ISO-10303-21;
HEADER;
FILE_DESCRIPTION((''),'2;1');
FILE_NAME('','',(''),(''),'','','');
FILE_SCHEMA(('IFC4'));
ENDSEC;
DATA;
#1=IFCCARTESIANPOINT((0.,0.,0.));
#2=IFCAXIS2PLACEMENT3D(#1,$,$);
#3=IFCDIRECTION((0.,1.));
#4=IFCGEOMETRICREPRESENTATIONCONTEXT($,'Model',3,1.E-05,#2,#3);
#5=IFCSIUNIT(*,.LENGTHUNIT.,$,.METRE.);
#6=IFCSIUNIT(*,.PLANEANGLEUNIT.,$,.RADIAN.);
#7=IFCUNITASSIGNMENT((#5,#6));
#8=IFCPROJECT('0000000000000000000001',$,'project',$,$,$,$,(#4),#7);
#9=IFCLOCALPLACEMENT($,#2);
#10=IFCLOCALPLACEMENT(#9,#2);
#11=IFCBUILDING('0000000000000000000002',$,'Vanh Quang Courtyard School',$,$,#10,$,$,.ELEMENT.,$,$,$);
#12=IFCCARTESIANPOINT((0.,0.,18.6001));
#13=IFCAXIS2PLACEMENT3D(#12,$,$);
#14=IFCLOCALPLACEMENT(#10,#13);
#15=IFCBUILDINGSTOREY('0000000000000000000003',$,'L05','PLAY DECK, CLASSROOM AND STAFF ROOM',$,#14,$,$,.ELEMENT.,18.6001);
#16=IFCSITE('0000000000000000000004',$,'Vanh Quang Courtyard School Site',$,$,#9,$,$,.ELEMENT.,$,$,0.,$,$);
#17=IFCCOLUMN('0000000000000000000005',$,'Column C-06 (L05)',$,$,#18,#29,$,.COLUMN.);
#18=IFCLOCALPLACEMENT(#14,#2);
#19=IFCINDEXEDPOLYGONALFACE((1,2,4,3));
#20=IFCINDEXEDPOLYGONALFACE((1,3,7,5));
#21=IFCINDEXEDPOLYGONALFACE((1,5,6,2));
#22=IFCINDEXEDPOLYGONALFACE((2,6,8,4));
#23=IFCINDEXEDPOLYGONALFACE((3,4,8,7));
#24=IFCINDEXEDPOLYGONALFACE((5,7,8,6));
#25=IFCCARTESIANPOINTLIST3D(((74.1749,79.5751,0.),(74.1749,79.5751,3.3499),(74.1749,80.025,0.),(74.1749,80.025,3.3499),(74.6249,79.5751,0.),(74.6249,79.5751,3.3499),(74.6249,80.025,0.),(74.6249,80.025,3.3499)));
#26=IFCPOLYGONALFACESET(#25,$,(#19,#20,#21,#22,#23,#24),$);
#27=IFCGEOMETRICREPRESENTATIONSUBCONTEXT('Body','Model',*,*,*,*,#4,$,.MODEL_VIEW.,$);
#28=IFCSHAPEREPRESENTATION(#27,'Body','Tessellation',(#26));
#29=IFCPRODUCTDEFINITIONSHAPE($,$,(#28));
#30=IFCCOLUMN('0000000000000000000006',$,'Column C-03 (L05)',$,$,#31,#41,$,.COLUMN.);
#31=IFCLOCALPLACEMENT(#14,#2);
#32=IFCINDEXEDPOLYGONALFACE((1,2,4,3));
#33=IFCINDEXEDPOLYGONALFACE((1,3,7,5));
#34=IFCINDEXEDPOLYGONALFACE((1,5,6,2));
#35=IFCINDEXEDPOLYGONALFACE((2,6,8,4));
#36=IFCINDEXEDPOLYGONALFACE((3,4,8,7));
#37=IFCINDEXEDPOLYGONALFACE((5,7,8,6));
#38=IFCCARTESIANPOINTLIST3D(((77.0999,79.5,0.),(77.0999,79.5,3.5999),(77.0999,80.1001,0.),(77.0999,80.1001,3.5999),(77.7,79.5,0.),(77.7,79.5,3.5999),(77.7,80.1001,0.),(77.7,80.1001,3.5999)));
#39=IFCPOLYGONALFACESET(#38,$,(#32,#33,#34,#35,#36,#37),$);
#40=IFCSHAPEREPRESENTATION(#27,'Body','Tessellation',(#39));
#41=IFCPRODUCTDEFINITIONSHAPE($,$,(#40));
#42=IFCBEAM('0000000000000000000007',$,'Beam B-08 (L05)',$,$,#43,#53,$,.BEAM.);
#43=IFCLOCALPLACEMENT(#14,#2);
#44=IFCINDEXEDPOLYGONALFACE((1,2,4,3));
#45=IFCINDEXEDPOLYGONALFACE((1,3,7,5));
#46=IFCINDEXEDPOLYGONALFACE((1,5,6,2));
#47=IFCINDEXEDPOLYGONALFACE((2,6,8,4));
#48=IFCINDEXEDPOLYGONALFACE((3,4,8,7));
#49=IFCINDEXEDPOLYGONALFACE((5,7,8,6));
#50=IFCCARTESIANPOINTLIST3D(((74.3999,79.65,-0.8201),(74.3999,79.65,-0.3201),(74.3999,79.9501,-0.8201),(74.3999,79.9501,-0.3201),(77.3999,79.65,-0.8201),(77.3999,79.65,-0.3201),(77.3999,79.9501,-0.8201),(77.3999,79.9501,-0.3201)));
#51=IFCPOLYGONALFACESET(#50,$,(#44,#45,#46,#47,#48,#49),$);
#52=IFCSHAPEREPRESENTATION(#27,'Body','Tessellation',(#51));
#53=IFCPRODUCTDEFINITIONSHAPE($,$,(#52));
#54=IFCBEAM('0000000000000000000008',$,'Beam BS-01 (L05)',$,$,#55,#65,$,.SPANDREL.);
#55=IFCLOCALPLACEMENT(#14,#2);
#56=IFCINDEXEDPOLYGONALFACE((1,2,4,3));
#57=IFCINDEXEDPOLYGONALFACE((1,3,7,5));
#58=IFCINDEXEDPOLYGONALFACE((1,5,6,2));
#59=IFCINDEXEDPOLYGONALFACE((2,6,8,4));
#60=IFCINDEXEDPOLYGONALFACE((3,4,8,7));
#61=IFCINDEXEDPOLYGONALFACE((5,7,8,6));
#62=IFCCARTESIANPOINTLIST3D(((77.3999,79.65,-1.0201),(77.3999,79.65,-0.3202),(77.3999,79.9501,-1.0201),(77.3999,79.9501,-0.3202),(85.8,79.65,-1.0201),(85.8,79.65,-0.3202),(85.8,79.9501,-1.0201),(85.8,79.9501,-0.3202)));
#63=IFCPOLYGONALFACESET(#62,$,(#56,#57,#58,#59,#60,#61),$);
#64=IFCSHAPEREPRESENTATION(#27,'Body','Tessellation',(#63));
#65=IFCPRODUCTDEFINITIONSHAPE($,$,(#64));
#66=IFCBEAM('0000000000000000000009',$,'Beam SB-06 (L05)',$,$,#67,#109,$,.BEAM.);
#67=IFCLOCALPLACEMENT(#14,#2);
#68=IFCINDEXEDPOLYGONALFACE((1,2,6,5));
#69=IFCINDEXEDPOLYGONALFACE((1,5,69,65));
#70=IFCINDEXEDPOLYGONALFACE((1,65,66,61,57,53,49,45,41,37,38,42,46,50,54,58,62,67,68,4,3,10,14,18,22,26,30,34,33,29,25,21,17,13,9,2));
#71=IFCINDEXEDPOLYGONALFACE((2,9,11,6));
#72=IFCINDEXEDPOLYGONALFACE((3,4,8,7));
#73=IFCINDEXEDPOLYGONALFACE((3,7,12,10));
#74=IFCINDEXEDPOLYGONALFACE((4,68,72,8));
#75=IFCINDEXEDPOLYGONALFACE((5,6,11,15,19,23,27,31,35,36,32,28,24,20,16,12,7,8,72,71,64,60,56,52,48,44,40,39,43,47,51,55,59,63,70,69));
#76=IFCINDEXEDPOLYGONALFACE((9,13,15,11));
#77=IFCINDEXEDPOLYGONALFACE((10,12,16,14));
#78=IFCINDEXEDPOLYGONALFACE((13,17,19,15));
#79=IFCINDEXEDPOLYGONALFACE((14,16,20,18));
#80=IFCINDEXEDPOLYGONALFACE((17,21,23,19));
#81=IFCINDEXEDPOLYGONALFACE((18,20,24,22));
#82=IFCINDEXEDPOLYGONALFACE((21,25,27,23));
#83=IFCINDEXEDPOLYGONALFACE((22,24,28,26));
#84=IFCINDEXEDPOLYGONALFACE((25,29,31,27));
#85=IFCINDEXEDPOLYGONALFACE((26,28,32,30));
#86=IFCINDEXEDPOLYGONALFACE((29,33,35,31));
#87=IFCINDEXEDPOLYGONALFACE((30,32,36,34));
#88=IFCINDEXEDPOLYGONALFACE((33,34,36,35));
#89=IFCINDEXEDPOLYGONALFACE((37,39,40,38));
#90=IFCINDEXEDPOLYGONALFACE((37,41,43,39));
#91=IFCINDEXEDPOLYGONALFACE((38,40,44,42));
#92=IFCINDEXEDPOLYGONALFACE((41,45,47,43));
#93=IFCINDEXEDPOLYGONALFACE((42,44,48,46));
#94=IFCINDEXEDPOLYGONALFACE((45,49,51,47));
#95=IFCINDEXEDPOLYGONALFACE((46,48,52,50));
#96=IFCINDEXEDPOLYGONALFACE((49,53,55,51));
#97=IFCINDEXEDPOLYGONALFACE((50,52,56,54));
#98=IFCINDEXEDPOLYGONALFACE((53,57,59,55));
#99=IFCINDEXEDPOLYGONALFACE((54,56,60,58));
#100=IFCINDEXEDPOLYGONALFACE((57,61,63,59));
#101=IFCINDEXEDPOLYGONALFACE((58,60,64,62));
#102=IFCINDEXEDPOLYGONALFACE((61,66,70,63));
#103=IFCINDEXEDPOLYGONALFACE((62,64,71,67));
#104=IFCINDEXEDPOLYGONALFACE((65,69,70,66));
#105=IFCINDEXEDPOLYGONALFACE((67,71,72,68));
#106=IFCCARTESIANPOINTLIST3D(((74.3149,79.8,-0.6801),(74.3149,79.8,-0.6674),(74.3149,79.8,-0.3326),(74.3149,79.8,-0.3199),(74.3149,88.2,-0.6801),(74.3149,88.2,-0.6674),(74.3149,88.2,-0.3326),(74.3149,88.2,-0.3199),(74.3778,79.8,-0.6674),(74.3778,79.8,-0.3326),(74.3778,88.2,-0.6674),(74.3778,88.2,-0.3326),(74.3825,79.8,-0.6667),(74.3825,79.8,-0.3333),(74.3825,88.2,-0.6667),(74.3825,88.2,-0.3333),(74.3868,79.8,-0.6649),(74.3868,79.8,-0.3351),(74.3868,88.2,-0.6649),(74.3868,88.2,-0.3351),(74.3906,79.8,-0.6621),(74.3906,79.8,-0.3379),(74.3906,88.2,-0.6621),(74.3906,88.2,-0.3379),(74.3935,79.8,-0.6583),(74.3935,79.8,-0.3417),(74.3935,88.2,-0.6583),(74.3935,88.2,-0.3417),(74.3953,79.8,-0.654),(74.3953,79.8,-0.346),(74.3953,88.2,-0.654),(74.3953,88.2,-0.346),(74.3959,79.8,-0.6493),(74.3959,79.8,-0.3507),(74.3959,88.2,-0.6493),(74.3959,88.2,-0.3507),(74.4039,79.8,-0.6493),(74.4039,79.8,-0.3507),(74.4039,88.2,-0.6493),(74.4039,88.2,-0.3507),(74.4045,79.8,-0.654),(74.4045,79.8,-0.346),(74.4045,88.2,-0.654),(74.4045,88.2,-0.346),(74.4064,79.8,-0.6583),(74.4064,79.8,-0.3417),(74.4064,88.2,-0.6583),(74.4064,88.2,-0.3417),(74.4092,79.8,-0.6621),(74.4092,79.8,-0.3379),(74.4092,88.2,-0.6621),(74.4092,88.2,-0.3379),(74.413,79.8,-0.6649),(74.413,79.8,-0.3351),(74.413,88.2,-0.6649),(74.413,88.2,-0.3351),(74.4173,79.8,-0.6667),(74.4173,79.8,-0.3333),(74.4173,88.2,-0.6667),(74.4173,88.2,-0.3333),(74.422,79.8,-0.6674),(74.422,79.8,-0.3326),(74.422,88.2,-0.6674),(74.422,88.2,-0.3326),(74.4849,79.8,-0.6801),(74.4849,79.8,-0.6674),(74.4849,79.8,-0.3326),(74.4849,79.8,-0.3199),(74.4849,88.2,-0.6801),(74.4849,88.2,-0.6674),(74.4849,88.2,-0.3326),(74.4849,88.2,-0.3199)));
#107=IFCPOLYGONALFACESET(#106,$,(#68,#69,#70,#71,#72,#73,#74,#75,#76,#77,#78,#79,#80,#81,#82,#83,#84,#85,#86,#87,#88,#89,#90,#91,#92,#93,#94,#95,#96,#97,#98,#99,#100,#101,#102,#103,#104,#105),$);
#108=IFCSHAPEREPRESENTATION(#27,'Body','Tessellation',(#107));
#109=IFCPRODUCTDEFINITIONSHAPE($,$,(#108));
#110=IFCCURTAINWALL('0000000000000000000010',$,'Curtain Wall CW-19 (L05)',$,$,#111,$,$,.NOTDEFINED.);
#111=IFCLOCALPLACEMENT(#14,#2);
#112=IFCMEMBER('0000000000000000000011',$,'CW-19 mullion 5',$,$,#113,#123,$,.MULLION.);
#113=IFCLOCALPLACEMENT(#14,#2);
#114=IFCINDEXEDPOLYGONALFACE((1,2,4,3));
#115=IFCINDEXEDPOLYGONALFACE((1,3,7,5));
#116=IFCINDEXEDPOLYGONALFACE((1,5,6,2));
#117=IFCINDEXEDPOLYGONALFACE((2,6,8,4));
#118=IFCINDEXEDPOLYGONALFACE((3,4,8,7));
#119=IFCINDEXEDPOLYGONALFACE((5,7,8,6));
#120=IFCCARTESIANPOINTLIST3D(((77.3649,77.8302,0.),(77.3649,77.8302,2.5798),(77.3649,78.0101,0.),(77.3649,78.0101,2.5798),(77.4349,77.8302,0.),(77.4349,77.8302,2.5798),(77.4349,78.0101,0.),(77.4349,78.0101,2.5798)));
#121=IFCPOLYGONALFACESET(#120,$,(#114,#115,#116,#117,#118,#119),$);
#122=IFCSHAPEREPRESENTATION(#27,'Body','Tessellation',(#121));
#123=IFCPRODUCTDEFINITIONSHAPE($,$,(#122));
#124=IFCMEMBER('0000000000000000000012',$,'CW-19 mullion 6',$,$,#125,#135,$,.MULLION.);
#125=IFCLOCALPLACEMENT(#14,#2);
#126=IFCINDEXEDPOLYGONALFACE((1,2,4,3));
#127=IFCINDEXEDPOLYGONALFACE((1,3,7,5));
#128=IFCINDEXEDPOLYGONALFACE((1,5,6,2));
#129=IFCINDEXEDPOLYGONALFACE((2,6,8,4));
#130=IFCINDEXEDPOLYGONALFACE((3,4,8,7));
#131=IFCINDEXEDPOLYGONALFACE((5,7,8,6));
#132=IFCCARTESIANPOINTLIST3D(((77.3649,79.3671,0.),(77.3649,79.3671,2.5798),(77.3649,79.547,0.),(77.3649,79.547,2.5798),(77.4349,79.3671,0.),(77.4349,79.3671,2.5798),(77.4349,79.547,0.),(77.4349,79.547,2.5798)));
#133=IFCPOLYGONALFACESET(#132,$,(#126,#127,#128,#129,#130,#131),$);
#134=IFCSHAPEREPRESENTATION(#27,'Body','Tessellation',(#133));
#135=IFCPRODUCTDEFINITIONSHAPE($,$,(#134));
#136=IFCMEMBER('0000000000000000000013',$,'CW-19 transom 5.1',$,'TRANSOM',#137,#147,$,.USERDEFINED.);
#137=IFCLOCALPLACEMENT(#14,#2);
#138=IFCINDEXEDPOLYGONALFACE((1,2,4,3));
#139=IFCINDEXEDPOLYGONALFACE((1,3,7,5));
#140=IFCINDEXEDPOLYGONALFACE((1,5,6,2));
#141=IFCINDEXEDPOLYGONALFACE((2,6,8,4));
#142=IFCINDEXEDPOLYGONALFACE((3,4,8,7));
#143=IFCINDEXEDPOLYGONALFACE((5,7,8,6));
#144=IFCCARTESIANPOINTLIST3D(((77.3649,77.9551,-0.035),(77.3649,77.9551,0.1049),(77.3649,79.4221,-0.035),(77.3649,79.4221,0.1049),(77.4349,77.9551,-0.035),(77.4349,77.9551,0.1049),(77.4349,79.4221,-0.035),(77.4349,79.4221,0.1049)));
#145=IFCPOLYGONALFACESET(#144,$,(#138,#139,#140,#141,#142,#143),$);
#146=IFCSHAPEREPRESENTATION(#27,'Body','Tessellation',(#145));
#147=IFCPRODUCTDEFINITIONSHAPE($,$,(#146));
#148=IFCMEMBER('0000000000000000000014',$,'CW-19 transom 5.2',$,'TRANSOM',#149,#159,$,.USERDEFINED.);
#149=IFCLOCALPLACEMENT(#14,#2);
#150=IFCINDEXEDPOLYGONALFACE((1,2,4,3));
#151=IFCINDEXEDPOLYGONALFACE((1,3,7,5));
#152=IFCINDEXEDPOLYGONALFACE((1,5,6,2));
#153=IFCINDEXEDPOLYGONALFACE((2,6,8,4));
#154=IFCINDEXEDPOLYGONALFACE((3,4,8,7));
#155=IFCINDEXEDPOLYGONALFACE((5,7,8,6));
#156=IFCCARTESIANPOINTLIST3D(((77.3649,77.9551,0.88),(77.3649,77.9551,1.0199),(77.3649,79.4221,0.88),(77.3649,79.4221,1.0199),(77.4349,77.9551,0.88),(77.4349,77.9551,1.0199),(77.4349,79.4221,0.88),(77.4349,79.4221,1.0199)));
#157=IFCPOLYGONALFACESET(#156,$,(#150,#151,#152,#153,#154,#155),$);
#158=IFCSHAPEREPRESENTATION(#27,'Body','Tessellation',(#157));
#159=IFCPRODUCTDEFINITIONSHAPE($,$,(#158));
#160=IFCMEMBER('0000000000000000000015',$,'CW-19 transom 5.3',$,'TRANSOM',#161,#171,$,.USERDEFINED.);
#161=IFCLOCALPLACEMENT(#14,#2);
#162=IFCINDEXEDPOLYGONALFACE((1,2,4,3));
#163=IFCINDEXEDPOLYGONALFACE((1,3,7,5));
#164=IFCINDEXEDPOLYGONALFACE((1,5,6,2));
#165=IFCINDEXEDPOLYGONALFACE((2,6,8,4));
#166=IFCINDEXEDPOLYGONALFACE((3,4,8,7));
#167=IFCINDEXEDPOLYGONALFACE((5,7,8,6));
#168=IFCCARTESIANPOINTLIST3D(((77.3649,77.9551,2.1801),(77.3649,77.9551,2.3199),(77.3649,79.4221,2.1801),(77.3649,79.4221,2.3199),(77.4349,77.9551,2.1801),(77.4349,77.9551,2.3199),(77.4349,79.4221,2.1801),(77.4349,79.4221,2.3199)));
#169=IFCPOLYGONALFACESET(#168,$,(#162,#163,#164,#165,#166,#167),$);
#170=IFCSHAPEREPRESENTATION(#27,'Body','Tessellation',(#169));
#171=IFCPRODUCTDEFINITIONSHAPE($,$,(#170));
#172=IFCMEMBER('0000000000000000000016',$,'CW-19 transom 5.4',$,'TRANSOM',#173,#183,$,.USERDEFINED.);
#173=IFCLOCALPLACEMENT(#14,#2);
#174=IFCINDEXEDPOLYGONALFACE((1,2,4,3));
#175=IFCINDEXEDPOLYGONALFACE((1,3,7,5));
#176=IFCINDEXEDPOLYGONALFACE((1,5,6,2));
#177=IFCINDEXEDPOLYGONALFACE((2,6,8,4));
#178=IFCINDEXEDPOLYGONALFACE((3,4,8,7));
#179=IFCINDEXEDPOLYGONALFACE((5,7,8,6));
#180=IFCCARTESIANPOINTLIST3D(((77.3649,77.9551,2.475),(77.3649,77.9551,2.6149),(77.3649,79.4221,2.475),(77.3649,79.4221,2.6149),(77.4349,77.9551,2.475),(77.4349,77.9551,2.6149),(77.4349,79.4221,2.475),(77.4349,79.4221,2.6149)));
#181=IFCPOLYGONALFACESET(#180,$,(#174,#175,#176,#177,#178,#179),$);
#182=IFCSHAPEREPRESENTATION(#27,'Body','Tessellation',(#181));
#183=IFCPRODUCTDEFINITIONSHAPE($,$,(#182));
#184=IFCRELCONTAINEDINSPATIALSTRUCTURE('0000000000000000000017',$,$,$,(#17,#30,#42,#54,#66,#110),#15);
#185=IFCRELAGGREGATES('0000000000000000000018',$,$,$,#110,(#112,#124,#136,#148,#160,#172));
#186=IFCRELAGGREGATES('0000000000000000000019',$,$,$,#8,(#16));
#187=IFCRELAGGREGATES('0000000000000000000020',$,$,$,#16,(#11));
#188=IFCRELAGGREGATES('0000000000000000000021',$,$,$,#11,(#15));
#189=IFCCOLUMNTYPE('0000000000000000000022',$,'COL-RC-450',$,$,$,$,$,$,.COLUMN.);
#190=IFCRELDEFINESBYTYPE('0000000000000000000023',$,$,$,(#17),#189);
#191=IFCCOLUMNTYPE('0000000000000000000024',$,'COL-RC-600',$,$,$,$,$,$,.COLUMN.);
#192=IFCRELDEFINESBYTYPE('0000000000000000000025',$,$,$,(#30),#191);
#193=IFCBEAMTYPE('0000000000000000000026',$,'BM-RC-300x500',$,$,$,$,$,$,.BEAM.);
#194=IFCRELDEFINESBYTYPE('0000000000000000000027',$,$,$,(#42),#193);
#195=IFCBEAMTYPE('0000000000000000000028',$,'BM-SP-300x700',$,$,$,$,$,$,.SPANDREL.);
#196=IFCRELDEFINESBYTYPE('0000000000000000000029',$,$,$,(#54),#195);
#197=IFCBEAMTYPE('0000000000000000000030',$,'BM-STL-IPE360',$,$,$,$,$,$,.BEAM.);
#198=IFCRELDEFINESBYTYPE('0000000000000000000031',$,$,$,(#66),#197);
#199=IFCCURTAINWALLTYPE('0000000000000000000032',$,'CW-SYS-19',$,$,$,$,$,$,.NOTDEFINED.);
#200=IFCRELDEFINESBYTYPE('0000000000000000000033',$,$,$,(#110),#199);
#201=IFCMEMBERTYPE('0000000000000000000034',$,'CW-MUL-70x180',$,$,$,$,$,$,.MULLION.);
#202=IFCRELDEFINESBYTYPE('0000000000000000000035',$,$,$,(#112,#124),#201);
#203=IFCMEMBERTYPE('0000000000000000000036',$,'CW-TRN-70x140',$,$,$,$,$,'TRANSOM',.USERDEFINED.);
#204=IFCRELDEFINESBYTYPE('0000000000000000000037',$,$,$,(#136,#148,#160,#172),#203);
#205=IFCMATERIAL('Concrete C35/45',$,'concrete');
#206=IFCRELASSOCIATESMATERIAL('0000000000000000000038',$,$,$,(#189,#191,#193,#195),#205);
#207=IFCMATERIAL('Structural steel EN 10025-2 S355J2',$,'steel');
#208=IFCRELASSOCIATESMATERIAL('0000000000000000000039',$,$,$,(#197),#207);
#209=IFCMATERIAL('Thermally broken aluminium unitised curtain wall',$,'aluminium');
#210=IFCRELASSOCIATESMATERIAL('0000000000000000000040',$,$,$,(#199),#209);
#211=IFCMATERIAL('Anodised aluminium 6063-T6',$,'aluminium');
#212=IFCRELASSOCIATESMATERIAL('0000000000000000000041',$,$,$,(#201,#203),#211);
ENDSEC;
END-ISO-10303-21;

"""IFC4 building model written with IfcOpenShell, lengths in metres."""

from ifc_helpers import new_model, si_unit, direction, frame, origin, origin_2d, place, context, subcontext, project, spatial, rectangle, i_section, extrude, material, material_profile, profile_set, type_object, element, aggregate, save


model = new_model("IFC4")

# Units and contexts
model_context = context("Model", 3, precision=1e-05, world=origin(), true_north=direction((0.0, 1.0)))
body_context = subcontext(model_context, "Body", "Model", "MODEL_VIEW")
ifc_project = project(units=[si_unit("LENGTHUNIT", "METRE"), si_unit("PLANEANGLEUNIT", "RADIAN")], contexts=[model_context])

# Site, building, storey
site_placement = place(None, origin())
site = spatial("IfcSite", under=ifc_project, at=site_placement, Name="Vanh Quang Courtyard School Site", CompositionType="ELEMENT", RefElevation=0.0)
building_placement = place(site_placement, origin())
building = spatial("IfcBuilding", under=site, at=building_placement, Name="Vanh Quang Courtyard School", CompositionType="ELEMENT")
storey_placement = place(building_placement, frame((0.0, 0.0, 18.6001)))
storey = spatial("IfcBuildingStorey", under=building, at=storey_placement, Name="L05", Description="PLAY DECK, CLASSROOM AND STAFF ROOM", CompositionType="ELEMENT", Elevation=18.6001)

# Columns
ifc_material_1 = material(Name="Concrete C35/45", Category="concrete")
ifc_material_profile_1 = material_profile(ifc_material_1, rectangle(XDim=0.45, YDim=0.45, at=origin_2d()), Name="RC-COL 450x450")
ifc_profile_set_1 = profile_set([ifc_material_profile_1], Name="Concrete C35/45")
column_type_1 = type_object("IfcColumnType", Name="COL-RC-450", PredefinedType="COLUMN", material=ifc_profile_set_1)
column_1_placement = place(storey_placement, frame((74.3999, 79.8, 0.0), z_axis=(0.0, 0.0, 1.0), x_axis=(1.0, 0.0, 0.0)))
element("IfcColumn", 1, at=column_1_placement, inside=storey, type_object=column_type_1, Name="Column C-06 (L05)", PredefinedType="COLUMN", context=body_context, shape_type="SweptSolid", body=[
    extrude(rectangle(XDim=0.45, YDim=0.45, at=origin_2d()), origin(), (0.0, 0.0, 1.0), 3.3499),
])
ifc_material_profile_2 = material_profile(ifc_material_1, rectangle(XDim=0.6001, YDim=0.6001, at=origin_2d()), Name="RC-COL 600x600")
ifc_profile_set_2 = profile_set([ifc_material_profile_2], Name="Concrete C35/45")
column_type_2 = type_object("IfcColumnType", Name="COL-RC-600", PredefinedType="COLUMN", material=ifc_profile_set_2)
column_2_placement = place(storey_placement, frame((77.3999, 79.8, 0.0), z_axis=(0.0, 0.0, 1.0), x_axis=(1.0, 0.0, 0.0)))
element("IfcColumn", 2, at=column_2_placement, inside=storey, type_object=column_type_2, Name="Column C-03 (L05)", PredefinedType="COLUMN", context=body_context, shape_type="SweptSolid", body=[
    extrude(rectangle(XDim=0.6001, YDim=0.6001, at=origin_2d()), origin(), (0.0, 0.0, 1.0), 3.5999),
])

# Beams
ifc_material_profile_3 = material_profile(ifc_material_1, rectangle(XDim=0.3, YDim=0.5, at=origin_2d()), Name="RC-BM 300x500")
ifc_profile_set_3 = profile_set([ifc_material_profile_3], Name="Concrete C35/45")
beam_type_1 = type_object("IfcBeamType", Name="BM-RC-300x500", PredefinedType="BEAM", material=ifc_profile_set_3)
beam_1_placement = place(storey_placement, frame((74.3999, 79.8, -0.5701), z_axis=(1.0, 0.0, 0.0), x_axis=(0.0, 1.0, 0.0)))
element("IfcBeam", 3, at=beam_1_placement, inside=storey, type_object=beam_type_1, Name="Beam B-08 (L05)", PredefinedType="BEAM", context=body_context, shape_type="SweptSolid", body=[
    extrude(rectangle(XDim=0.3, YDim=0.5, at=origin_2d()), origin(), (0.0, 0.0, 1.0), 3.0),
])
ifc_material_profile_4 = material_profile(ifc_material_1, rectangle(XDim=0.3, YDim=0.7, at=origin_2d()), Name="RC-SP 300x700")
ifc_profile_set_4 = profile_set([ifc_material_profile_4], Name="Concrete C35/45")
beam_type_2 = type_object("IfcBeamType", Name="BM-SP-300x700", PredefinedType="SPANDREL", material=ifc_profile_set_4)
beam_2_placement = place(storey_placement, frame((77.3999, 79.8, -0.6702), z_axis=(1.0, 0.0, 0.0), x_axis=(0.0, 1.0, 0.0)))
element("IfcBeam", 4, at=beam_2_placement, inside=storey, type_object=beam_type_2, Name="Beam BS-01 (L05)", PredefinedType="SPANDREL", context=body_context, shape_type="SweptSolid", body=[
    extrude(rectangle(XDim=0.3, YDim=0.7, at=origin_2d()), origin(), (0.0, 0.0, 1.0), 8.4001),
])
ifc_material_2 = material(Name="Structural steel EN 10025-2 S355J2", Category="steel")
ifc_material_profile_5 = material_profile(ifc_material_2, i_section(OverallWidth=0.1699, OverallDepth=0.3601, WebThickness=0.0081, FlangeThickness=0.0127, FilletRadius=0.0181, at=origin_2d()), Name="IPE 360")
ifc_profile_set_5 = profile_set([ifc_material_profile_5], Name="Structural steel EN 10025-2 S355J2")
beam_type_3 = type_object("IfcBeamType", Name="BM-STL-IPE360", PredefinedType="BEAM", material=ifc_profile_set_5)
beam_3_placement = place(storey_placement, frame((74.3999, 79.8, -0.5), z_axis=(0.0, 1.0, 0.0), x_axis=(-1.0, 0.0, 0.0)))
element("IfcBeam", 5, at=beam_3_placement, inside=storey, type_object=beam_type_3, Name="Beam SB-06 (L05)", PredefinedType="BEAM", context=body_context, shape_type="SweptSolid", body=[
    extrude(i_section(OverallWidth=0.1699, OverallDepth=0.3601, WebThickness=0.0081, FlangeThickness=0.0127, FilletRadius=0.0181, at=origin_2d()), origin(), (0.0, 0.0, 1.0), 8.3999),
])

# Curtain wall, members
ifc_material_3 = material(Name="Thermally broken aluminium unitised curtain wall", Category="aluminium")
curtain_wall_type = type_object("IfcCurtainWallType", Name="CW-SYS-19", PredefinedType="NOTDEFINED", material=ifc_material_3)
curtain_wall_placement = place(storey_placement, origin())
curtain_wall = element("IfcCurtainWall", 6, at=curtain_wall_placement, inside=storey, type_object=curtain_wall_type, Name="Curtain Wall CW-19 (L05)", PredefinedType="NOTDEFINED")
ifc_material_4 = material(Name="Anodised aluminium 6063-T6", Category="aluminium")
ifc_material_profile_6 = material_profile(ifc_material_4, rectangle(XDim=0.0701, YDim=0.1799, at=origin_2d()), Name="ALU-MUL 70x180")
ifc_profile_set_6 = profile_set([ifc_material_profile_6], Name="Anodised aluminium 6063-T6")
member_type_1 = type_object("IfcMemberType", Name="CW-MUL-70x180", PredefinedType="MULLION", material=ifc_profile_set_6)
member_1_placement = place(storey_placement, frame((77.3999, 77.9202, 0.0), z_axis=(0.0, 0.0, 1.0), x_axis=(-1.0, 0.0, 0.0)))
member_1 = element("IfcMember", 7, at=member_1_placement, type_object=member_type_1, Name="CW-19 mullion 5", PredefinedType="MULLION", context=body_context, shape_type="SweptSolid", body=[
    extrude(rectangle(XDim=0.0701, YDim=0.1799, at=origin_2d()), origin(), (0.0, 0.0, 1.0), 2.5798),
])
member_2_placement = place(storey_placement, frame((77.3999, 79.457, 0.0), z_axis=(0.0, 0.0, 1.0), x_axis=(-1.0, 0.0, 0.0)))
member_2 = element("IfcMember", 8, at=member_2_placement, type_object=member_type_1, Name="CW-19 mullion 6", PredefinedType="MULLION", context=body_context, shape_type="SweptSolid", body=[
    extrude(rectangle(XDim=0.0701, YDim=0.1799, at=origin_2d()), origin(), (0.0, 0.0, 1.0), 2.5798),
])
ifc_material_profile_7 = material_profile(ifc_material_4, rectangle(XDim=0.0701, YDim=0.1399, at=origin_2d()), Name="ALU-TRN 70x140")
ifc_profile_set_7 = profile_set([ifc_material_profile_7], Name="Anodised aluminium 6063-T6")
member_type_2 = type_object("IfcMemberType", Name="CW-TRN-70x140", ElementType="TRANSOM", PredefinedType="USERDEFINED", material=ifc_profile_set_7)
member_3_placement = place(storey_placement, frame((77.3999, 77.9551, 0.0349), z_axis=(0.0, 1.0, 0.0), x_axis=(-1.0, 0.0, 0.0)))
member_3 = element("IfcMember", 9, at=member_3_placement, type_object=member_type_2, Name="CW-19 transom 5.1", ObjectType="TRANSOM", PredefinedType="USERDEFINED", context=body_context, shape_type="SweptSolid", body=[
    extrude(rectangle(XDim=0.0701, YDim=0.1399, at=origin_2d()), origin(), (0.0, 0.0, 1.0), 1.467),
])
member_4_placement = place(storey_placement, frame((77.3999, 77.9551, 0.95), z_axis=(0.0, 1.0, 0.0), x_axis=(-1.0, 0.0, 0.0)))
member_4 = element("IfcMember", 10, at=member_4_placement, type_object=member_type_2, Name="CW-19 transom 5.2", ObjectType="TRANSOM", PredefinedType="USERDEFINED", context=body_context, shape_type="SweptSolid", body=[
    extrude(rectangle(XDim=0.0701, YDim=0.1399, at=origin_2d()), origin(), (0.0, 0.0, 1.0), 1.467),
])
member_5_placement = place(storey_placement, frame((77.3999, 77.9551, 2.25), z_axis=(0.0, 1.0, 0.0), x_axis=(-1.0, 0.0, 0.0)))
member_5 = element("IfcMember", 11, at=member_5_placement, type_object=member_type_2, Name="CW-19 transom 5.3", ObjectType="TRANSOM", PredefinedType="USERDEFINED", context=body_context, shape_type="SweptSolid", body=[
    extrude(rectangle(XDim=0.0701, YDim=0.1399, at=origin_2d()), origin(), (0.0, 0.0, 1.0), 1.467),
])
member_6_placement = place(storey_placement, frame((77.3999, 77.9551, 2.5449), z_axis=(0.0, 1.0, 0.0), x_axis=(-1.0, 0.0, 0.0)))
member_6 = element("IfcMember", 12, at=member_6_placement, type_object=member_type_2, Name="CW-19 transom 5.4", ObjectType="TRANSOM", PredefinedType="USERDEFINED", context=body_context, shape_type="SweptSolid", body=[
    extrude(rectangle(XDim=0.0701, YDim=0.1399, at=origin_2d()), origin(), (0.0, 0.0, 1.0), 1.467),
])
aggregate(curtain_wall, [member_1, member_2, member_3, member_4, member_5, member_6])

save(model, "model.ifc")
